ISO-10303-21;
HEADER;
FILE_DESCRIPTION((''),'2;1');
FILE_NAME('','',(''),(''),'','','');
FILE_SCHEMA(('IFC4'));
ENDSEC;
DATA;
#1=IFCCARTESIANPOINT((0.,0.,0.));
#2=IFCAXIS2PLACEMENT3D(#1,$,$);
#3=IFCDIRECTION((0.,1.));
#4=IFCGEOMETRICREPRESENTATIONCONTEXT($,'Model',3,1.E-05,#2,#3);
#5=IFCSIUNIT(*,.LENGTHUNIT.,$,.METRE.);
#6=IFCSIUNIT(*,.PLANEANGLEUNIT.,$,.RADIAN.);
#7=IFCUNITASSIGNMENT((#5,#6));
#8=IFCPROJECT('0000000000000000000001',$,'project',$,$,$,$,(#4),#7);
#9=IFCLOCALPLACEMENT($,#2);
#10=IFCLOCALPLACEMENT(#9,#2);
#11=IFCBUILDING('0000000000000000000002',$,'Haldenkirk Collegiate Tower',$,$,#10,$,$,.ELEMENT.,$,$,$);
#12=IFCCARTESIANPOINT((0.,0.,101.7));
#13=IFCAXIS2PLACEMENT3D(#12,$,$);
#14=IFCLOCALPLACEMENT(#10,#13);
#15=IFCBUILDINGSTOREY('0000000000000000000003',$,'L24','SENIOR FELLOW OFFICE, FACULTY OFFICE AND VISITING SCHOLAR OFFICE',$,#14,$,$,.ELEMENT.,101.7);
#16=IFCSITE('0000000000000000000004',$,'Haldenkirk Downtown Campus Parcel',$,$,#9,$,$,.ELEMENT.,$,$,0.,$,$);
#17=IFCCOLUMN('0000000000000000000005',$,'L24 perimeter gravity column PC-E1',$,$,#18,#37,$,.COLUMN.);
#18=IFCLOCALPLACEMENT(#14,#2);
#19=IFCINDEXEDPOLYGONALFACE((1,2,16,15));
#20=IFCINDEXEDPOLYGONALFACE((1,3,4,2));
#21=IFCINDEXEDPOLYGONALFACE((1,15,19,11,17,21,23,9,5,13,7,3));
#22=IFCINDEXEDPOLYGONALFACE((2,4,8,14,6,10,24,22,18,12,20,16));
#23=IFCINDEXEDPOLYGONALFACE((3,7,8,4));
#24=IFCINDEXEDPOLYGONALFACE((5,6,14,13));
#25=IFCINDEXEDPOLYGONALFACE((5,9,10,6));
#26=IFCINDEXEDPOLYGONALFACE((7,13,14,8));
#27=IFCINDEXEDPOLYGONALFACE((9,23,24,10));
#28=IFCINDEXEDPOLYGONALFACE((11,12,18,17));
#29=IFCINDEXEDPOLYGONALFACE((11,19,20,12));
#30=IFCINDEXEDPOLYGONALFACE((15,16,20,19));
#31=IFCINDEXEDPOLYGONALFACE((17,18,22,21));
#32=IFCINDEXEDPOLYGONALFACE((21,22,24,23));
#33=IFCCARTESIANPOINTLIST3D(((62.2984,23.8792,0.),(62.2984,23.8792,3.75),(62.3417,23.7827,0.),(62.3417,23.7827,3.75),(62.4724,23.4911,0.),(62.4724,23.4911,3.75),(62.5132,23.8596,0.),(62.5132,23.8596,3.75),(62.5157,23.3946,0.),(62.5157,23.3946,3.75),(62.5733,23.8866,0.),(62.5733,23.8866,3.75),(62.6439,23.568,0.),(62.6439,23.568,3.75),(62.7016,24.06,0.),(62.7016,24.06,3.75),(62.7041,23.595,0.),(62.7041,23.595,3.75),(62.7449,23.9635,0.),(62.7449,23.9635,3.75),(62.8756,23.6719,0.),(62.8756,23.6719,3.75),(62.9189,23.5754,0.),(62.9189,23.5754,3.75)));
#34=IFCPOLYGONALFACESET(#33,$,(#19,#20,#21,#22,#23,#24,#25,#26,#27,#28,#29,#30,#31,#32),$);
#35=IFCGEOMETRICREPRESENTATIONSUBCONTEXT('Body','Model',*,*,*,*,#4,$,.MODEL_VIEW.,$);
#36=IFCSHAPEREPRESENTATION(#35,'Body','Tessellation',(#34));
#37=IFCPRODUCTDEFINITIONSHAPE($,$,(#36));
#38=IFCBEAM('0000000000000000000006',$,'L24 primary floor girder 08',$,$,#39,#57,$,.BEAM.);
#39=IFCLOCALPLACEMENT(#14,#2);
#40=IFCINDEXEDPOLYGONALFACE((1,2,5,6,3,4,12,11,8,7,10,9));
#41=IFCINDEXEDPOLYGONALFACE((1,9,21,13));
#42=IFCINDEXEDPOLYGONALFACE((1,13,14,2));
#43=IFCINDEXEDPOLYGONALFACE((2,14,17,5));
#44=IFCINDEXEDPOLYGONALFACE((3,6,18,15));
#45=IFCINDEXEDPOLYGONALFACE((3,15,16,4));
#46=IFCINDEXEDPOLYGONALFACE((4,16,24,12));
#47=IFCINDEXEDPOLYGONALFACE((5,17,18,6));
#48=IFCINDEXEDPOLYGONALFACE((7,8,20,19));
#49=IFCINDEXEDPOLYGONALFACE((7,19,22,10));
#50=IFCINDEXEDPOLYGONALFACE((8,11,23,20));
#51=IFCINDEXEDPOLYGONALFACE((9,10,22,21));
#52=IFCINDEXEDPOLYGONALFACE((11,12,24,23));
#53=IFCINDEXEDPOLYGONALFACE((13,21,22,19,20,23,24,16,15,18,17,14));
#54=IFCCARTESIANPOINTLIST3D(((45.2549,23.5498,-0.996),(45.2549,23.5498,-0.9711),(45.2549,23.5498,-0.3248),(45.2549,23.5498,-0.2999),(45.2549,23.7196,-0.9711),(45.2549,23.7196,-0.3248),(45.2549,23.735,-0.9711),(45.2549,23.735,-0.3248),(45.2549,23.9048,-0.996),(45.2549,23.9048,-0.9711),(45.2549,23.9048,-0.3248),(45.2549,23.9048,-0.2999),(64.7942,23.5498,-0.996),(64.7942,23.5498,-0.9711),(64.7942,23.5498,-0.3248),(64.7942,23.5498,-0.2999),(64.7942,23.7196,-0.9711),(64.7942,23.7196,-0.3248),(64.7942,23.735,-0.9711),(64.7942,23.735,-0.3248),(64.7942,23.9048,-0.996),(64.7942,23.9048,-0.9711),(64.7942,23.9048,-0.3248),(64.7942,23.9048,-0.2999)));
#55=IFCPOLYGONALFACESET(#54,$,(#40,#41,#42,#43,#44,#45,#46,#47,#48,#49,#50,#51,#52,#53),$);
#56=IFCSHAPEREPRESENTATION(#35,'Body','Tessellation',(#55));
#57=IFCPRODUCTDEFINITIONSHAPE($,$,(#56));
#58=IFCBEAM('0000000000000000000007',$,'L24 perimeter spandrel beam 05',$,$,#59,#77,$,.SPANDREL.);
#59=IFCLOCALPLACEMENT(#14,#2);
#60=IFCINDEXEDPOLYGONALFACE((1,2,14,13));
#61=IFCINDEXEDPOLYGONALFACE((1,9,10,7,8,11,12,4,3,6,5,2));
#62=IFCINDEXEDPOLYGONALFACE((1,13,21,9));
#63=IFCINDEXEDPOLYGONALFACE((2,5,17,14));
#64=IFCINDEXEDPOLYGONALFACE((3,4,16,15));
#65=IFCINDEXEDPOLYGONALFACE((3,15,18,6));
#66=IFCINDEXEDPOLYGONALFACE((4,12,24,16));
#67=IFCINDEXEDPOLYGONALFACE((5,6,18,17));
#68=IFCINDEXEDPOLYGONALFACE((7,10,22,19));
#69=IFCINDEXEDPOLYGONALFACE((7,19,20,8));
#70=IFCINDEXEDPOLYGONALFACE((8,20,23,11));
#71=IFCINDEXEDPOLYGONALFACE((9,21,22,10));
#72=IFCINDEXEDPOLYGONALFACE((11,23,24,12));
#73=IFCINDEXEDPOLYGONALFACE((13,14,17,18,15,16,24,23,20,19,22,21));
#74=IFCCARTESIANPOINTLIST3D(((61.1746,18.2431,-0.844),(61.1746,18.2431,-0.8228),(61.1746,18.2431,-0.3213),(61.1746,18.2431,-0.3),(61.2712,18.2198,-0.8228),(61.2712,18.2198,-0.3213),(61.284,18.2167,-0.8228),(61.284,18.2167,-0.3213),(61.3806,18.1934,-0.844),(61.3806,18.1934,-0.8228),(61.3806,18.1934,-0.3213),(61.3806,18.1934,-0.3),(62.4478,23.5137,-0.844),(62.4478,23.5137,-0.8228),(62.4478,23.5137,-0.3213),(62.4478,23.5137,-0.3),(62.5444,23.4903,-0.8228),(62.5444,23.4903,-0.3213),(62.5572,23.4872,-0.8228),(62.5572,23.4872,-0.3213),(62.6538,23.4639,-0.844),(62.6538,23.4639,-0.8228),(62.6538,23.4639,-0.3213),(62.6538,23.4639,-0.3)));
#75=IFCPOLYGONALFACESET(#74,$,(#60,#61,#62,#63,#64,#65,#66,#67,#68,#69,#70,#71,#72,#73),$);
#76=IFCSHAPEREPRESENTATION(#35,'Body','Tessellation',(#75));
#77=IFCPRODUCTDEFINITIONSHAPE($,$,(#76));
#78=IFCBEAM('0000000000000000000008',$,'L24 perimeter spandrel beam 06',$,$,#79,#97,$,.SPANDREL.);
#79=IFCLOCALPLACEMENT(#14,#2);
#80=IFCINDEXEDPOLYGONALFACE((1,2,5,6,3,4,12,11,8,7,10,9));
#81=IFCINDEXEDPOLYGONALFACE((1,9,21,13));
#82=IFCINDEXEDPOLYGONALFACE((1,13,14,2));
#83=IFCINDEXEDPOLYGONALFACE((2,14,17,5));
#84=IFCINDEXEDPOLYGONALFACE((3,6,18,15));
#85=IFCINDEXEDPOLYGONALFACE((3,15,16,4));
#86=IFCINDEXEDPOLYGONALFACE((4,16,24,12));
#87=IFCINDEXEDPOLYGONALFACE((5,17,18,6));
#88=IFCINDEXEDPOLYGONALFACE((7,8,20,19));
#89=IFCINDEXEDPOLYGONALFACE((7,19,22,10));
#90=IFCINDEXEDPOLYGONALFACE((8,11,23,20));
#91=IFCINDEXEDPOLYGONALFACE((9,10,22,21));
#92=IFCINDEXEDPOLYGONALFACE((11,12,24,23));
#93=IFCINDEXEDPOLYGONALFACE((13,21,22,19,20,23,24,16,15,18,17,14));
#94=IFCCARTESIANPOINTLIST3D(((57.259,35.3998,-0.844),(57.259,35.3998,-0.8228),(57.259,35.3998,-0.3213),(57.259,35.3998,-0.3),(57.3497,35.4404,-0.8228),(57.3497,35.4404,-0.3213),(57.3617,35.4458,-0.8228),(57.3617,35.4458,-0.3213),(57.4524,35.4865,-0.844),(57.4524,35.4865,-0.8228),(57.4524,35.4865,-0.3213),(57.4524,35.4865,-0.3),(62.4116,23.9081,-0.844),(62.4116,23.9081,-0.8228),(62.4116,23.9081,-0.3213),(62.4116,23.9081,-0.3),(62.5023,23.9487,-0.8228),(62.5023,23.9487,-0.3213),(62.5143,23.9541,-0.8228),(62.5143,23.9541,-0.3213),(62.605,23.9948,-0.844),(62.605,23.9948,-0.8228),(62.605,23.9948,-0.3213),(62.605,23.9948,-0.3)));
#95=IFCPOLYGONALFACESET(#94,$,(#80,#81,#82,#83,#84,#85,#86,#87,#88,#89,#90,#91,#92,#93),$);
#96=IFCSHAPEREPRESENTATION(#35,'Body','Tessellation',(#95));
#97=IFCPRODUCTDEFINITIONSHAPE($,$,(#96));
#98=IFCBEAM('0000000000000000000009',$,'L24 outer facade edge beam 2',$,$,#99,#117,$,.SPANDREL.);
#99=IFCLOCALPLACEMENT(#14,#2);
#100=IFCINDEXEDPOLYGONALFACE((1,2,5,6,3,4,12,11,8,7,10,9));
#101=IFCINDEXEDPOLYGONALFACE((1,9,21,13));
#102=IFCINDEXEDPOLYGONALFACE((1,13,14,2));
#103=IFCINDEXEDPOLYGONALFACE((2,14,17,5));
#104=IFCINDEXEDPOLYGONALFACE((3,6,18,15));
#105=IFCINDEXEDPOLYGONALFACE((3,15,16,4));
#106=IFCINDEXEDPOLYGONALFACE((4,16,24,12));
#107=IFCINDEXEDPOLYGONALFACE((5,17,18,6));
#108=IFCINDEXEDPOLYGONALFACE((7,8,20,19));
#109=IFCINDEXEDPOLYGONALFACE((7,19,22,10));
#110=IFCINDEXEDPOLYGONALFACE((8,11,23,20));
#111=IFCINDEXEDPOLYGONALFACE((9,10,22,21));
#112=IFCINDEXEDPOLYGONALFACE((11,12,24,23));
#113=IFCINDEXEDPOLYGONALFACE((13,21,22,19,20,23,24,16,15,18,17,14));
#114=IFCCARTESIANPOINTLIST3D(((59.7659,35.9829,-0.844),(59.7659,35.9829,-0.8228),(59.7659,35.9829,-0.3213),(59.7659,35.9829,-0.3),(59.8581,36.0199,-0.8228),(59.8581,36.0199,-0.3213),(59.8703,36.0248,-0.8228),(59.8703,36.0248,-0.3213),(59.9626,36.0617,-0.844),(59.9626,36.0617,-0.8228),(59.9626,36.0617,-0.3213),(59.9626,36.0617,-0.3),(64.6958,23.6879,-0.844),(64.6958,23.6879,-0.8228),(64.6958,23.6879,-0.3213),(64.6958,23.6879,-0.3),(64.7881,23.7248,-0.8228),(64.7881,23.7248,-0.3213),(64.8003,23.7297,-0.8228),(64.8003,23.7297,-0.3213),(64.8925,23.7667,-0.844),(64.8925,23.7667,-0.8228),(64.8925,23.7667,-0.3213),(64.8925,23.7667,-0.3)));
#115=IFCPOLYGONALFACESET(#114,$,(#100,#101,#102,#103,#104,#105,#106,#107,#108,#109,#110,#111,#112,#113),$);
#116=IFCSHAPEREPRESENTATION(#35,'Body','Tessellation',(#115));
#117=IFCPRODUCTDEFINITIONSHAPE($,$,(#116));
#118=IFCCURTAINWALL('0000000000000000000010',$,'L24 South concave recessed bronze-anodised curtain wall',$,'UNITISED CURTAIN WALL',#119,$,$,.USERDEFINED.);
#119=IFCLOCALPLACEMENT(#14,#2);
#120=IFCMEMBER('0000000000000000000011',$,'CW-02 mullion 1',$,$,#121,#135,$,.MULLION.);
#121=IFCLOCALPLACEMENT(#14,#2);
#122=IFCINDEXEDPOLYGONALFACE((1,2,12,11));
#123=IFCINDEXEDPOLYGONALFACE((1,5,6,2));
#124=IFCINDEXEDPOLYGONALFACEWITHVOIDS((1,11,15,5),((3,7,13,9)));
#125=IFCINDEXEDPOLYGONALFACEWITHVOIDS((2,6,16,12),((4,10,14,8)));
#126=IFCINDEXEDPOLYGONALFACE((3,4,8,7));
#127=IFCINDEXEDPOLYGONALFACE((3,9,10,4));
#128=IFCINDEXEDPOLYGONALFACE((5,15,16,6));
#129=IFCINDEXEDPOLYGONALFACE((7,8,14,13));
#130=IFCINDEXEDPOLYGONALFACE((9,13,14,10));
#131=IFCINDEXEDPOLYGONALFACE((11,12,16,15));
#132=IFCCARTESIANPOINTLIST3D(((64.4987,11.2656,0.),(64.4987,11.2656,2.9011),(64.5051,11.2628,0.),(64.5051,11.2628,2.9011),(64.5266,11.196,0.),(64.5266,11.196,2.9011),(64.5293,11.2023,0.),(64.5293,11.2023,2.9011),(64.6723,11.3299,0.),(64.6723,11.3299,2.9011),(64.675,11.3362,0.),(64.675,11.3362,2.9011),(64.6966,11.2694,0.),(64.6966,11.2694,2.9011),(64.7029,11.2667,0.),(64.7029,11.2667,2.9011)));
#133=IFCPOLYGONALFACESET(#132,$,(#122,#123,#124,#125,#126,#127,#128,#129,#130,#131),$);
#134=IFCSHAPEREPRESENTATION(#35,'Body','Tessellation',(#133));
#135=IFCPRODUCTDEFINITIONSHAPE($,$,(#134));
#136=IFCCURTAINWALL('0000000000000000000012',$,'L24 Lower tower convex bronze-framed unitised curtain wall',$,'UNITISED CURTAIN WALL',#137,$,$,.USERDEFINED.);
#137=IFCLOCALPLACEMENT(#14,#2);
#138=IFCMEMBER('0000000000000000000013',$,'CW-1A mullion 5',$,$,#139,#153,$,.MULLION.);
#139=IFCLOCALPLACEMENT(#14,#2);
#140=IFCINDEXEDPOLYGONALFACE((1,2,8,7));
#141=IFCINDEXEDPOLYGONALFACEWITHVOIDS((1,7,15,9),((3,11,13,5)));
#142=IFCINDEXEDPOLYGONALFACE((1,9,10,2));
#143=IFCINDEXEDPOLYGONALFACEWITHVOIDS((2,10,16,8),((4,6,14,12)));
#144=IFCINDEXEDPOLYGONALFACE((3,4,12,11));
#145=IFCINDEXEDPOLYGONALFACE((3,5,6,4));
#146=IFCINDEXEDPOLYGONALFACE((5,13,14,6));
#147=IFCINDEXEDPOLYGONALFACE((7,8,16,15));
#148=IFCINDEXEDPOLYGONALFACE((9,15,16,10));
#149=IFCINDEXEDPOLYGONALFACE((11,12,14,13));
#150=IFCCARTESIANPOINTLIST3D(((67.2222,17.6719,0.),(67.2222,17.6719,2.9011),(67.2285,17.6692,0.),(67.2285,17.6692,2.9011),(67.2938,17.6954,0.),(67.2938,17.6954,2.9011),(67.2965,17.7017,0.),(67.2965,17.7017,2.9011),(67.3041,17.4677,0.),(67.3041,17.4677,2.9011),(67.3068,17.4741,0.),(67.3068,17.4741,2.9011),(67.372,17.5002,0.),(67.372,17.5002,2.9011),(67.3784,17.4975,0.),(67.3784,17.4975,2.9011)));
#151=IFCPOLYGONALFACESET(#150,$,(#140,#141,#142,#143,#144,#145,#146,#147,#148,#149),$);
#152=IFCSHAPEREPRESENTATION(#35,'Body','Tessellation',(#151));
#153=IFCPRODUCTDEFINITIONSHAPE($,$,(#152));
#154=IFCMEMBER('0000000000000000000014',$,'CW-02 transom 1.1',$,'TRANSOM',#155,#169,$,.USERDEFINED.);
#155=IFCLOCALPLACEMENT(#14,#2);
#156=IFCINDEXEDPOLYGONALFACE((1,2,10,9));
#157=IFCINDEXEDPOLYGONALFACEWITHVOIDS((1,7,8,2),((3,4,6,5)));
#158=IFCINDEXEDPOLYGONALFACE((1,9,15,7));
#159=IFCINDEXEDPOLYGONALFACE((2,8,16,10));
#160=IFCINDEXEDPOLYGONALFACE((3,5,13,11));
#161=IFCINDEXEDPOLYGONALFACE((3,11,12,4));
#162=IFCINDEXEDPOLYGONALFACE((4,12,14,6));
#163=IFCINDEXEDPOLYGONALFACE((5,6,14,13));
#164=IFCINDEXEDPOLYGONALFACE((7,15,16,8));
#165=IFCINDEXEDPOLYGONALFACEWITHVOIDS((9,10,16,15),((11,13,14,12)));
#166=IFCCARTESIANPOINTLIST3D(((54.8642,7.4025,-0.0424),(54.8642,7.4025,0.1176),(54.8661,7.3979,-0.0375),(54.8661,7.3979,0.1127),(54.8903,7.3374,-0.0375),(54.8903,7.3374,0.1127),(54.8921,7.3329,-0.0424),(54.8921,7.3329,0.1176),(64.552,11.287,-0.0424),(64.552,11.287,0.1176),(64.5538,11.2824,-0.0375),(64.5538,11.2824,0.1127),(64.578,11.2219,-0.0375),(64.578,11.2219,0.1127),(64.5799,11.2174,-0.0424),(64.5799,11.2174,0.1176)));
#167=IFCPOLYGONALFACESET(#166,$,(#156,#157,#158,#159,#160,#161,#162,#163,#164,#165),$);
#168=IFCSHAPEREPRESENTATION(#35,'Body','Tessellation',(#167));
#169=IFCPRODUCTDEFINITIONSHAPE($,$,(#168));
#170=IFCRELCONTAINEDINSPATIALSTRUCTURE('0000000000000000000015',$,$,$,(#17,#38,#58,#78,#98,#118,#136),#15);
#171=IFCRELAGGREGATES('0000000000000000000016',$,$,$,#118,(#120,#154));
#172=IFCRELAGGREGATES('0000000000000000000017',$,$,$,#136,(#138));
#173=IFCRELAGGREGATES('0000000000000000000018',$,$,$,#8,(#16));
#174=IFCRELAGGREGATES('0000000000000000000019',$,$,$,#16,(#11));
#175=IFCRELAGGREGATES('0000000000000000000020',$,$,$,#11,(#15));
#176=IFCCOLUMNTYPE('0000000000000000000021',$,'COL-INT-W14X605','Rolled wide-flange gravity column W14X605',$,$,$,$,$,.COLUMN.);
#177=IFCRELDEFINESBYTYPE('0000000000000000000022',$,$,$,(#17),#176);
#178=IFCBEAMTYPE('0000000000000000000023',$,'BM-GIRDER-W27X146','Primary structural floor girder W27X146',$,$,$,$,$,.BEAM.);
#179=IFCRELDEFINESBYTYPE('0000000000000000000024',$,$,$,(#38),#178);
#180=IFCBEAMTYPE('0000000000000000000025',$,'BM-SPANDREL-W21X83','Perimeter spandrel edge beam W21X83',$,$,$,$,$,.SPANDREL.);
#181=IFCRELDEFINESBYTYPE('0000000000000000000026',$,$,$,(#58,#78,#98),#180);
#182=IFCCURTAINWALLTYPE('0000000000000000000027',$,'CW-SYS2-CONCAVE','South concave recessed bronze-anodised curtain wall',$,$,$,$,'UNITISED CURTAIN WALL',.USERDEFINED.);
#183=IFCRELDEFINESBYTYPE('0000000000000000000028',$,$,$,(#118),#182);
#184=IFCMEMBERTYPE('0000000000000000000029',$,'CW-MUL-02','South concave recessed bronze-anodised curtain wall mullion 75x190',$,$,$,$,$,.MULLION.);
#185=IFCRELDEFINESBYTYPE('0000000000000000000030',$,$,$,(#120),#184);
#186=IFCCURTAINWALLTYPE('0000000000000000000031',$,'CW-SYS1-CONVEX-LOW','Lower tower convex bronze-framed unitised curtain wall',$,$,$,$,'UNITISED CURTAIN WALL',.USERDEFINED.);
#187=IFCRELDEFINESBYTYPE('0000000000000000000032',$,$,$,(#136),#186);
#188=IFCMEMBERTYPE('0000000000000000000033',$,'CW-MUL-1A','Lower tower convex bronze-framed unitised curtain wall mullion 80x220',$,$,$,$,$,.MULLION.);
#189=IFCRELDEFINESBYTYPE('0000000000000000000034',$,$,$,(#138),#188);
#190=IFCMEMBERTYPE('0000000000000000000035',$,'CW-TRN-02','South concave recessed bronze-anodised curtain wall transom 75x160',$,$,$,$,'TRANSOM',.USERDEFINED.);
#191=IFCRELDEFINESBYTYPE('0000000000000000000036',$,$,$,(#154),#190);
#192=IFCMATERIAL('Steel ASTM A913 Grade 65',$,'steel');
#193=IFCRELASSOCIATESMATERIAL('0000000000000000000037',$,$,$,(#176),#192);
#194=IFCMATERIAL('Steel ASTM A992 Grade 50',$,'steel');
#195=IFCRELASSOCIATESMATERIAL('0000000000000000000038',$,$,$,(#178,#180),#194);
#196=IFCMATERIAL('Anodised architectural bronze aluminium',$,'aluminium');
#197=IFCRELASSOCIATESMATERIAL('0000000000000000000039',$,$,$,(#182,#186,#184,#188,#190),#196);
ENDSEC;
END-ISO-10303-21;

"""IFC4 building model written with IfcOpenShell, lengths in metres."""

from ifc_helpers import new_model, si_unit, direction, frame, origin, origin_2d, place, context, subcontext, project, spatial, hollow_rectangle, i_section, extrude, material, material_profile, profile_set, type_object, element, aggregate, save


model = new_model("IFC4")

# Units and contexts
model_context = context("Model", 3, precision=1e-05, world=origin(), true_north=direction((0.0, 1.0)))
body_context = subcontext(model_context, "Body", "Model", "MODEL_VIEW")
ifc_project = project(units=[si_unit("LENGTHUNIT", "METRE"), si_unit("PLANEANGLEUNIT", "RADIAN")], contexts=[model_context])

# Site, building, storey
site_placement = place(None, origin())
site = spatial("IfcSite", under=ifc_project, at=site_placement, Name="Haldenkirk Downtown Campus Parcel", CompositionType="ELEMENT", RefElevation=0.0)
building_placement = place(site_placement, origin())
building = spatial("IfcBuilding", under=site, at=building_placement, Name="Haldenkirk Collegiate Tower", CompositionType="ELEMENT")
storey_placement = place(building_placement, frame((0.0, 0.0, 101.7)))
storey = spatial("IfcBuildingStorey", under=building, at=storey_placement, Name="L24", Description="SENIOR FELLOW OFFICE, FACULTY OFFICE AND VISITING SCHOLAR OFFICE", CompositionType="ELEMENT", Elevation=101.7)

# Column
ifc_material_1 = material(Name="Steel ASTM A913 Grade 65", Category="steel")
ifc_material_profile_1 = material_profile(ifc_material_1, i_section(OverallWidth=0.4419, OverallDepth=0.531, WebThickness=0.0659, FlangeThickness=0.1057, at=origin_2d()), Name="W14X605")
ifc_profile_set_1 = profile_set([ifc_material_profile_1], Name="Steel ASTM A913 Grade 65")
column_type = type_object("IfcColumnType", Name="COL-INT-W14X605", Description="Rolled wide-flange gravity column W14X605", PredefinedType="COLUMN", material=ifc_profile_set_1)
column_placement = place(storey_placement, frame((62.6086, 23.7273, 0.0), z_axis=(0.0, 0.0, 1.0), x_axis=(0.912477, 0.409127, 0.0)))
element("IfcColumn", 1, at=column_placement, inside=storey, type_object=column_type, Name="L24 perimeter gravity column PC-E1", PredefinedType="COLUMN", context=body_context, shape_type="SweptSolid", body=[
    extrude(i_section(OverallWidth=0.4419, OverallDepth=0.531, WebThickness=0.0659, FlangeThickness=0.1057, at=origin_2d()), origin(), (0.0, 0.0, 1.0), 3.75),
])

# Beams
ifc_material_2 = material(Name="Steel ASTM A992 Grade 50", Category="steel")
ifc_material_profile_2 = material_profile(ifc_material_2, i_section(OverallWidth=0.355, OverallDepth=0.696, WebThickness=0.0154, FlangeThickness=0.0249, at=origin_2d()), Name="W27X146")
ifc_profile_set_2 = profile_set([ifc_material_profile_2], Name="Steel ASTM A992 Grade 50")
beam_type_1 = type_object("IfcBeamType", Name="BM-GIRDER-W27X146", Description="Primary structural floor girder W27X146", PredefinedType="BEAM", material=ifc_profile_set_2)
beam_1_placement = place(storey_placement, frame((64.7942, 23.7273, -0.6479), z_axis=(-1.0, 0.0, 0.0), x_axis=(0.0, -1.0, 0.0)))
element("IfcBeam", 2, at=beam_1_placement, inside=storey, type_object=beam_type_1, Name="L24 primary floor girder 08", PredefinedType="BEAM", context=body_context, shape_type="SweptSolid", body=[
    extrude(i_section(OverallWidth=0.355, OverallDepth=0.696, WebThickness=0.0154, FlangeThickness=0.0249, at=origin_2d()), origin(), (0.0, 0.0, 1.0), 19.5393),
])
ifc_material_profile_3 = material_profile(ifc_material_2, i_section(OverallWidth=0.2119, OverallDepth=0.5439, WebThickness=0.0132, FlangeThickness=0.0212, at=origin_2d()), Name="W21X83")
ifc_profile_set_3 = profile_set([ifc_material_profile_3], Name="Steel ASTM A992 Grade 50")
beam_type_2 = type_object("IfcBeamType", Name="BM-SPANDREL-W21X83", Description="Perimeter spandrel edge beam W21X83", PredefinedType="SPANDREL", material=ifc_profile_set_3)
beam_2_placement = place(storey_placement, frame((61.2776, 18.2183, -0.572), z_axis=(0.234815, 0.97204, 0.0), x_axis=(-0.97204, 0.234815, 0.0)))
element("IfcBeam", 3, at=beam_2_placement, inside=storey, type_object=beam_type_2, Name="L24 perimeter spandrel beam 05", PredefinedType="SPANDREL", context=body_context, shape_type="SweptSolid", body=[
    extrude(i_section(OverallWidth=0.2119, OverallDepth=0.5439, WebThickness=0.0132, FlangeThickness=0.0212, at=origin_2d()), origin(), (0.0, 0.0, 1.0), 5.4221),
])
beam_3_placement = place(storey_placement, frame((62.5083, 23.9514, -0.572), z_axis=(-0.409131, 0.912476, 0.0), x_axis=(-0.912476, -0.409131, 0.0)))
element("IfcBeam", 4, at=beam_3_placement, inside=storey, type_object=beam_type_2, Name="L24 perimeter spandrel beam 06", PredefinedType="SPANDREL", context=body_context, shape_type="SweptSolid", body=[
    extrude(i_section(OverallWidth=0.2119, OverallDepth=0.5439, WebThickness=0.0132, FlangeThickness=0.0212, at=origin_2d()), origin(), (0.0, 0.0, 1.0), 12.594),
])
beam_4_placement = place(storey_placement, frame((64.7942, 23.7273, -0.572), z_axis=(-0.372169, 0.928165, 0.0), x_axis=(-0.928165, -0.372169, 0.0)))
element("IfcBeam", 5, at=beam_4_placement, inside=storey, type_object=beam_type_2, Name="L24 outer facade edge beam 2", PredefinedType="SPANDREL", context=body_context, shape_type="SweptSolid", body=[
    extrude(i_section(OverallWidth=0.2119, OverallDepth=0.5439, WebThickness=0.0132, FlangeThickness=0.0212, at=origin_2d()), origin(), (0.0, 0.0, 1.0), 13.2466),
])

# Curtain walls, members
ifc_material_3 = material(Name="Anodised architectural bronze aluminium", Category="aluminium")
curtain_wall_type_1 = type_object("IfcCurtainWallType", Name="CW-SYS2-CONCAVE", Description="South concave recessed bronze-anodised curtain wall", ElementType="UNITISED CURTAIN WALL", PredefinedType="USERDEFINED", material=ifc_material_3)
curtain_wall_1_placement = place(storey_placement, origin())
curtain_wall_1 = element("IfcCurtainWall", 6, at=curtain_wall_1_placement, inside=storey, type_object=curtain_wall_type_1, Name="L24 South concave recessed bronze-anodised curtain wall", ObjectType="UNITISED CURTAIN WALL", PredefinedType="USERDEFINED")
ifc_material_profile_4 = material_profile(ifc_material_3, hollow_rectangle(XDim=0.075, YDim=0.1899, WallThickness=0.0049, at=origin_2d()), Name="CW-MUL-02")
ifc_profile_set_4 = profile_set([ifc_material_profile_4], Name="Anodised architectural bronze aluminium")
member_type_1 = type_object("IfcMemberType", Name="CW-MUL-02", Description="South concave recessed bronze-anodised curtain wall mullion 75x190", PredefinedType="MULLION", material=ifc_profile_set_4)
member_1_placement = place(storey_placement, frame((64.6008, 11.2661, 0.0), z_axis=(0.0, 0.0, 1.0), x_axis=(0.372177, -0.928162, 0.0)))
member_1 = element("IfcMember", 7, at=member_1_placement, type_object=member_type_1, Name="CW-02 mullion 1", PredefinedType="MULLION", context=body_context, shape_type="SweptSolid", body=[
    extrude(hollow_rectangle(XDim=0.075, YDim=0.1899, WallThickness=0.0049, at=origin_2d()), origin(), (0.0, 0.0, 1.0), 2.9011),
])
curtain_wall_type_2 = type_object("IfcCurtainWallType", Name="CW-SYS1-CONVEX-LOW", Description="Lower tower convex bronze-framed unitised curtain wall", ElementType="UNITISED CURTAIN WALL", PredefinedType="USERDEFINED", material=ifc_material_3)
curtain_wall_2_placement = place(storey_placement, origin())
curtain_wall_2 = element("IfcCurtainWall", 8, at=curtain_wall_2_placement, inside=storey, type_object=curtain_wall_type_2, Name="L24 Lower tower convex bronze-framed unitised curtain wall", ObjectType="UNITISED CURTAIN WALL", PredefinedType="USERDEFINED")
ifc_material_profile_5 = material_profile(ifc_material_3, hollow_rectangle(XDim=0.0801, YDim=0.22, WallThickness=0.0049, at=origin_2d()), Name="CW-MUL-1A")
ifc_profile_set_5 = profile_set([ifc_material_profile_5], Name="Anodised architectural bronze aluminium")
member_type_2 = type_object("IfcMemberType", Name="CW-MUL-1A", Description="Lower tower convex bronze-framed unitised curtain wall mullion 80x220", PredefinedType="MULLION", material=ifc_profile_set_5)
member_2_placement = place(storey_placement, frame((67.3003, 17.5847, 0.0), z_axis=(0.0, 0.0, 1.0), x_axis=(0.928163, 0.372175, 0.0)))
member_2 = element("IfcMember", 9, at=member_2_placement, type_object=member_type_2, Name="CW-1A mullion 5", PredefinedType="MULLION", context=body_context, shape_type="SweptSolid", body=[
    extrude(hollow_rectangle(XDim=0.0801, YDim=0.22, WallThickness=0.0049, at=origin_2d()), origin(), (0.0, 0.0, 1.0), 2.9011),
])

# Member
ifc_material_profile_6 = material_profile(ifc_material_3, hollow_rectangle(XDim=0.075, YDim=0.1599, WallThickness=0.0049, at=origin_2d()), Name="CW-TRN-02")
ifc_profile_set_6 = profile_set([ifc_material_profile_6], Name="Anodised architectural bronze aluminium")
member_type_3 = type_object("IfcMemberType", Name="CW-TRN-02", Description="South concave recessed bronze-anodised curtain wall transom 75x160", ElementType="TRANSOM", PredefinedType="USERDEFINED", material=ifc_profile_set_6)
member_3_placement = place(storey_placement, frame((64.5659, 11.2522, 0.0376), z_axis=(-0.928165, -0.372169, 0.0), x_axis=(0.372169, -0.928165, 0.0)))
member_3 = element("IfcMember", 10, at=member_3_placement, type_object=member_type_3, Name="CW-02 transom 1.1", ObjectType="TRANSOM", PredefinedType="USERDEFINED", context=body_context, shape_type="SweptSolid", body=[
    extrude(hollow_rectangle(XDim=0.075, YDim=0.1599, WallThickness=0.0049, at=origin_2d()), origin(), (0.0, 0.0, 1.0), 10.4375),
])
aggregate(curtain_wall_1, [member_1, member_3])

aggregate(curtain_wall_2, [member_2])

save(model, "model.ifc")
